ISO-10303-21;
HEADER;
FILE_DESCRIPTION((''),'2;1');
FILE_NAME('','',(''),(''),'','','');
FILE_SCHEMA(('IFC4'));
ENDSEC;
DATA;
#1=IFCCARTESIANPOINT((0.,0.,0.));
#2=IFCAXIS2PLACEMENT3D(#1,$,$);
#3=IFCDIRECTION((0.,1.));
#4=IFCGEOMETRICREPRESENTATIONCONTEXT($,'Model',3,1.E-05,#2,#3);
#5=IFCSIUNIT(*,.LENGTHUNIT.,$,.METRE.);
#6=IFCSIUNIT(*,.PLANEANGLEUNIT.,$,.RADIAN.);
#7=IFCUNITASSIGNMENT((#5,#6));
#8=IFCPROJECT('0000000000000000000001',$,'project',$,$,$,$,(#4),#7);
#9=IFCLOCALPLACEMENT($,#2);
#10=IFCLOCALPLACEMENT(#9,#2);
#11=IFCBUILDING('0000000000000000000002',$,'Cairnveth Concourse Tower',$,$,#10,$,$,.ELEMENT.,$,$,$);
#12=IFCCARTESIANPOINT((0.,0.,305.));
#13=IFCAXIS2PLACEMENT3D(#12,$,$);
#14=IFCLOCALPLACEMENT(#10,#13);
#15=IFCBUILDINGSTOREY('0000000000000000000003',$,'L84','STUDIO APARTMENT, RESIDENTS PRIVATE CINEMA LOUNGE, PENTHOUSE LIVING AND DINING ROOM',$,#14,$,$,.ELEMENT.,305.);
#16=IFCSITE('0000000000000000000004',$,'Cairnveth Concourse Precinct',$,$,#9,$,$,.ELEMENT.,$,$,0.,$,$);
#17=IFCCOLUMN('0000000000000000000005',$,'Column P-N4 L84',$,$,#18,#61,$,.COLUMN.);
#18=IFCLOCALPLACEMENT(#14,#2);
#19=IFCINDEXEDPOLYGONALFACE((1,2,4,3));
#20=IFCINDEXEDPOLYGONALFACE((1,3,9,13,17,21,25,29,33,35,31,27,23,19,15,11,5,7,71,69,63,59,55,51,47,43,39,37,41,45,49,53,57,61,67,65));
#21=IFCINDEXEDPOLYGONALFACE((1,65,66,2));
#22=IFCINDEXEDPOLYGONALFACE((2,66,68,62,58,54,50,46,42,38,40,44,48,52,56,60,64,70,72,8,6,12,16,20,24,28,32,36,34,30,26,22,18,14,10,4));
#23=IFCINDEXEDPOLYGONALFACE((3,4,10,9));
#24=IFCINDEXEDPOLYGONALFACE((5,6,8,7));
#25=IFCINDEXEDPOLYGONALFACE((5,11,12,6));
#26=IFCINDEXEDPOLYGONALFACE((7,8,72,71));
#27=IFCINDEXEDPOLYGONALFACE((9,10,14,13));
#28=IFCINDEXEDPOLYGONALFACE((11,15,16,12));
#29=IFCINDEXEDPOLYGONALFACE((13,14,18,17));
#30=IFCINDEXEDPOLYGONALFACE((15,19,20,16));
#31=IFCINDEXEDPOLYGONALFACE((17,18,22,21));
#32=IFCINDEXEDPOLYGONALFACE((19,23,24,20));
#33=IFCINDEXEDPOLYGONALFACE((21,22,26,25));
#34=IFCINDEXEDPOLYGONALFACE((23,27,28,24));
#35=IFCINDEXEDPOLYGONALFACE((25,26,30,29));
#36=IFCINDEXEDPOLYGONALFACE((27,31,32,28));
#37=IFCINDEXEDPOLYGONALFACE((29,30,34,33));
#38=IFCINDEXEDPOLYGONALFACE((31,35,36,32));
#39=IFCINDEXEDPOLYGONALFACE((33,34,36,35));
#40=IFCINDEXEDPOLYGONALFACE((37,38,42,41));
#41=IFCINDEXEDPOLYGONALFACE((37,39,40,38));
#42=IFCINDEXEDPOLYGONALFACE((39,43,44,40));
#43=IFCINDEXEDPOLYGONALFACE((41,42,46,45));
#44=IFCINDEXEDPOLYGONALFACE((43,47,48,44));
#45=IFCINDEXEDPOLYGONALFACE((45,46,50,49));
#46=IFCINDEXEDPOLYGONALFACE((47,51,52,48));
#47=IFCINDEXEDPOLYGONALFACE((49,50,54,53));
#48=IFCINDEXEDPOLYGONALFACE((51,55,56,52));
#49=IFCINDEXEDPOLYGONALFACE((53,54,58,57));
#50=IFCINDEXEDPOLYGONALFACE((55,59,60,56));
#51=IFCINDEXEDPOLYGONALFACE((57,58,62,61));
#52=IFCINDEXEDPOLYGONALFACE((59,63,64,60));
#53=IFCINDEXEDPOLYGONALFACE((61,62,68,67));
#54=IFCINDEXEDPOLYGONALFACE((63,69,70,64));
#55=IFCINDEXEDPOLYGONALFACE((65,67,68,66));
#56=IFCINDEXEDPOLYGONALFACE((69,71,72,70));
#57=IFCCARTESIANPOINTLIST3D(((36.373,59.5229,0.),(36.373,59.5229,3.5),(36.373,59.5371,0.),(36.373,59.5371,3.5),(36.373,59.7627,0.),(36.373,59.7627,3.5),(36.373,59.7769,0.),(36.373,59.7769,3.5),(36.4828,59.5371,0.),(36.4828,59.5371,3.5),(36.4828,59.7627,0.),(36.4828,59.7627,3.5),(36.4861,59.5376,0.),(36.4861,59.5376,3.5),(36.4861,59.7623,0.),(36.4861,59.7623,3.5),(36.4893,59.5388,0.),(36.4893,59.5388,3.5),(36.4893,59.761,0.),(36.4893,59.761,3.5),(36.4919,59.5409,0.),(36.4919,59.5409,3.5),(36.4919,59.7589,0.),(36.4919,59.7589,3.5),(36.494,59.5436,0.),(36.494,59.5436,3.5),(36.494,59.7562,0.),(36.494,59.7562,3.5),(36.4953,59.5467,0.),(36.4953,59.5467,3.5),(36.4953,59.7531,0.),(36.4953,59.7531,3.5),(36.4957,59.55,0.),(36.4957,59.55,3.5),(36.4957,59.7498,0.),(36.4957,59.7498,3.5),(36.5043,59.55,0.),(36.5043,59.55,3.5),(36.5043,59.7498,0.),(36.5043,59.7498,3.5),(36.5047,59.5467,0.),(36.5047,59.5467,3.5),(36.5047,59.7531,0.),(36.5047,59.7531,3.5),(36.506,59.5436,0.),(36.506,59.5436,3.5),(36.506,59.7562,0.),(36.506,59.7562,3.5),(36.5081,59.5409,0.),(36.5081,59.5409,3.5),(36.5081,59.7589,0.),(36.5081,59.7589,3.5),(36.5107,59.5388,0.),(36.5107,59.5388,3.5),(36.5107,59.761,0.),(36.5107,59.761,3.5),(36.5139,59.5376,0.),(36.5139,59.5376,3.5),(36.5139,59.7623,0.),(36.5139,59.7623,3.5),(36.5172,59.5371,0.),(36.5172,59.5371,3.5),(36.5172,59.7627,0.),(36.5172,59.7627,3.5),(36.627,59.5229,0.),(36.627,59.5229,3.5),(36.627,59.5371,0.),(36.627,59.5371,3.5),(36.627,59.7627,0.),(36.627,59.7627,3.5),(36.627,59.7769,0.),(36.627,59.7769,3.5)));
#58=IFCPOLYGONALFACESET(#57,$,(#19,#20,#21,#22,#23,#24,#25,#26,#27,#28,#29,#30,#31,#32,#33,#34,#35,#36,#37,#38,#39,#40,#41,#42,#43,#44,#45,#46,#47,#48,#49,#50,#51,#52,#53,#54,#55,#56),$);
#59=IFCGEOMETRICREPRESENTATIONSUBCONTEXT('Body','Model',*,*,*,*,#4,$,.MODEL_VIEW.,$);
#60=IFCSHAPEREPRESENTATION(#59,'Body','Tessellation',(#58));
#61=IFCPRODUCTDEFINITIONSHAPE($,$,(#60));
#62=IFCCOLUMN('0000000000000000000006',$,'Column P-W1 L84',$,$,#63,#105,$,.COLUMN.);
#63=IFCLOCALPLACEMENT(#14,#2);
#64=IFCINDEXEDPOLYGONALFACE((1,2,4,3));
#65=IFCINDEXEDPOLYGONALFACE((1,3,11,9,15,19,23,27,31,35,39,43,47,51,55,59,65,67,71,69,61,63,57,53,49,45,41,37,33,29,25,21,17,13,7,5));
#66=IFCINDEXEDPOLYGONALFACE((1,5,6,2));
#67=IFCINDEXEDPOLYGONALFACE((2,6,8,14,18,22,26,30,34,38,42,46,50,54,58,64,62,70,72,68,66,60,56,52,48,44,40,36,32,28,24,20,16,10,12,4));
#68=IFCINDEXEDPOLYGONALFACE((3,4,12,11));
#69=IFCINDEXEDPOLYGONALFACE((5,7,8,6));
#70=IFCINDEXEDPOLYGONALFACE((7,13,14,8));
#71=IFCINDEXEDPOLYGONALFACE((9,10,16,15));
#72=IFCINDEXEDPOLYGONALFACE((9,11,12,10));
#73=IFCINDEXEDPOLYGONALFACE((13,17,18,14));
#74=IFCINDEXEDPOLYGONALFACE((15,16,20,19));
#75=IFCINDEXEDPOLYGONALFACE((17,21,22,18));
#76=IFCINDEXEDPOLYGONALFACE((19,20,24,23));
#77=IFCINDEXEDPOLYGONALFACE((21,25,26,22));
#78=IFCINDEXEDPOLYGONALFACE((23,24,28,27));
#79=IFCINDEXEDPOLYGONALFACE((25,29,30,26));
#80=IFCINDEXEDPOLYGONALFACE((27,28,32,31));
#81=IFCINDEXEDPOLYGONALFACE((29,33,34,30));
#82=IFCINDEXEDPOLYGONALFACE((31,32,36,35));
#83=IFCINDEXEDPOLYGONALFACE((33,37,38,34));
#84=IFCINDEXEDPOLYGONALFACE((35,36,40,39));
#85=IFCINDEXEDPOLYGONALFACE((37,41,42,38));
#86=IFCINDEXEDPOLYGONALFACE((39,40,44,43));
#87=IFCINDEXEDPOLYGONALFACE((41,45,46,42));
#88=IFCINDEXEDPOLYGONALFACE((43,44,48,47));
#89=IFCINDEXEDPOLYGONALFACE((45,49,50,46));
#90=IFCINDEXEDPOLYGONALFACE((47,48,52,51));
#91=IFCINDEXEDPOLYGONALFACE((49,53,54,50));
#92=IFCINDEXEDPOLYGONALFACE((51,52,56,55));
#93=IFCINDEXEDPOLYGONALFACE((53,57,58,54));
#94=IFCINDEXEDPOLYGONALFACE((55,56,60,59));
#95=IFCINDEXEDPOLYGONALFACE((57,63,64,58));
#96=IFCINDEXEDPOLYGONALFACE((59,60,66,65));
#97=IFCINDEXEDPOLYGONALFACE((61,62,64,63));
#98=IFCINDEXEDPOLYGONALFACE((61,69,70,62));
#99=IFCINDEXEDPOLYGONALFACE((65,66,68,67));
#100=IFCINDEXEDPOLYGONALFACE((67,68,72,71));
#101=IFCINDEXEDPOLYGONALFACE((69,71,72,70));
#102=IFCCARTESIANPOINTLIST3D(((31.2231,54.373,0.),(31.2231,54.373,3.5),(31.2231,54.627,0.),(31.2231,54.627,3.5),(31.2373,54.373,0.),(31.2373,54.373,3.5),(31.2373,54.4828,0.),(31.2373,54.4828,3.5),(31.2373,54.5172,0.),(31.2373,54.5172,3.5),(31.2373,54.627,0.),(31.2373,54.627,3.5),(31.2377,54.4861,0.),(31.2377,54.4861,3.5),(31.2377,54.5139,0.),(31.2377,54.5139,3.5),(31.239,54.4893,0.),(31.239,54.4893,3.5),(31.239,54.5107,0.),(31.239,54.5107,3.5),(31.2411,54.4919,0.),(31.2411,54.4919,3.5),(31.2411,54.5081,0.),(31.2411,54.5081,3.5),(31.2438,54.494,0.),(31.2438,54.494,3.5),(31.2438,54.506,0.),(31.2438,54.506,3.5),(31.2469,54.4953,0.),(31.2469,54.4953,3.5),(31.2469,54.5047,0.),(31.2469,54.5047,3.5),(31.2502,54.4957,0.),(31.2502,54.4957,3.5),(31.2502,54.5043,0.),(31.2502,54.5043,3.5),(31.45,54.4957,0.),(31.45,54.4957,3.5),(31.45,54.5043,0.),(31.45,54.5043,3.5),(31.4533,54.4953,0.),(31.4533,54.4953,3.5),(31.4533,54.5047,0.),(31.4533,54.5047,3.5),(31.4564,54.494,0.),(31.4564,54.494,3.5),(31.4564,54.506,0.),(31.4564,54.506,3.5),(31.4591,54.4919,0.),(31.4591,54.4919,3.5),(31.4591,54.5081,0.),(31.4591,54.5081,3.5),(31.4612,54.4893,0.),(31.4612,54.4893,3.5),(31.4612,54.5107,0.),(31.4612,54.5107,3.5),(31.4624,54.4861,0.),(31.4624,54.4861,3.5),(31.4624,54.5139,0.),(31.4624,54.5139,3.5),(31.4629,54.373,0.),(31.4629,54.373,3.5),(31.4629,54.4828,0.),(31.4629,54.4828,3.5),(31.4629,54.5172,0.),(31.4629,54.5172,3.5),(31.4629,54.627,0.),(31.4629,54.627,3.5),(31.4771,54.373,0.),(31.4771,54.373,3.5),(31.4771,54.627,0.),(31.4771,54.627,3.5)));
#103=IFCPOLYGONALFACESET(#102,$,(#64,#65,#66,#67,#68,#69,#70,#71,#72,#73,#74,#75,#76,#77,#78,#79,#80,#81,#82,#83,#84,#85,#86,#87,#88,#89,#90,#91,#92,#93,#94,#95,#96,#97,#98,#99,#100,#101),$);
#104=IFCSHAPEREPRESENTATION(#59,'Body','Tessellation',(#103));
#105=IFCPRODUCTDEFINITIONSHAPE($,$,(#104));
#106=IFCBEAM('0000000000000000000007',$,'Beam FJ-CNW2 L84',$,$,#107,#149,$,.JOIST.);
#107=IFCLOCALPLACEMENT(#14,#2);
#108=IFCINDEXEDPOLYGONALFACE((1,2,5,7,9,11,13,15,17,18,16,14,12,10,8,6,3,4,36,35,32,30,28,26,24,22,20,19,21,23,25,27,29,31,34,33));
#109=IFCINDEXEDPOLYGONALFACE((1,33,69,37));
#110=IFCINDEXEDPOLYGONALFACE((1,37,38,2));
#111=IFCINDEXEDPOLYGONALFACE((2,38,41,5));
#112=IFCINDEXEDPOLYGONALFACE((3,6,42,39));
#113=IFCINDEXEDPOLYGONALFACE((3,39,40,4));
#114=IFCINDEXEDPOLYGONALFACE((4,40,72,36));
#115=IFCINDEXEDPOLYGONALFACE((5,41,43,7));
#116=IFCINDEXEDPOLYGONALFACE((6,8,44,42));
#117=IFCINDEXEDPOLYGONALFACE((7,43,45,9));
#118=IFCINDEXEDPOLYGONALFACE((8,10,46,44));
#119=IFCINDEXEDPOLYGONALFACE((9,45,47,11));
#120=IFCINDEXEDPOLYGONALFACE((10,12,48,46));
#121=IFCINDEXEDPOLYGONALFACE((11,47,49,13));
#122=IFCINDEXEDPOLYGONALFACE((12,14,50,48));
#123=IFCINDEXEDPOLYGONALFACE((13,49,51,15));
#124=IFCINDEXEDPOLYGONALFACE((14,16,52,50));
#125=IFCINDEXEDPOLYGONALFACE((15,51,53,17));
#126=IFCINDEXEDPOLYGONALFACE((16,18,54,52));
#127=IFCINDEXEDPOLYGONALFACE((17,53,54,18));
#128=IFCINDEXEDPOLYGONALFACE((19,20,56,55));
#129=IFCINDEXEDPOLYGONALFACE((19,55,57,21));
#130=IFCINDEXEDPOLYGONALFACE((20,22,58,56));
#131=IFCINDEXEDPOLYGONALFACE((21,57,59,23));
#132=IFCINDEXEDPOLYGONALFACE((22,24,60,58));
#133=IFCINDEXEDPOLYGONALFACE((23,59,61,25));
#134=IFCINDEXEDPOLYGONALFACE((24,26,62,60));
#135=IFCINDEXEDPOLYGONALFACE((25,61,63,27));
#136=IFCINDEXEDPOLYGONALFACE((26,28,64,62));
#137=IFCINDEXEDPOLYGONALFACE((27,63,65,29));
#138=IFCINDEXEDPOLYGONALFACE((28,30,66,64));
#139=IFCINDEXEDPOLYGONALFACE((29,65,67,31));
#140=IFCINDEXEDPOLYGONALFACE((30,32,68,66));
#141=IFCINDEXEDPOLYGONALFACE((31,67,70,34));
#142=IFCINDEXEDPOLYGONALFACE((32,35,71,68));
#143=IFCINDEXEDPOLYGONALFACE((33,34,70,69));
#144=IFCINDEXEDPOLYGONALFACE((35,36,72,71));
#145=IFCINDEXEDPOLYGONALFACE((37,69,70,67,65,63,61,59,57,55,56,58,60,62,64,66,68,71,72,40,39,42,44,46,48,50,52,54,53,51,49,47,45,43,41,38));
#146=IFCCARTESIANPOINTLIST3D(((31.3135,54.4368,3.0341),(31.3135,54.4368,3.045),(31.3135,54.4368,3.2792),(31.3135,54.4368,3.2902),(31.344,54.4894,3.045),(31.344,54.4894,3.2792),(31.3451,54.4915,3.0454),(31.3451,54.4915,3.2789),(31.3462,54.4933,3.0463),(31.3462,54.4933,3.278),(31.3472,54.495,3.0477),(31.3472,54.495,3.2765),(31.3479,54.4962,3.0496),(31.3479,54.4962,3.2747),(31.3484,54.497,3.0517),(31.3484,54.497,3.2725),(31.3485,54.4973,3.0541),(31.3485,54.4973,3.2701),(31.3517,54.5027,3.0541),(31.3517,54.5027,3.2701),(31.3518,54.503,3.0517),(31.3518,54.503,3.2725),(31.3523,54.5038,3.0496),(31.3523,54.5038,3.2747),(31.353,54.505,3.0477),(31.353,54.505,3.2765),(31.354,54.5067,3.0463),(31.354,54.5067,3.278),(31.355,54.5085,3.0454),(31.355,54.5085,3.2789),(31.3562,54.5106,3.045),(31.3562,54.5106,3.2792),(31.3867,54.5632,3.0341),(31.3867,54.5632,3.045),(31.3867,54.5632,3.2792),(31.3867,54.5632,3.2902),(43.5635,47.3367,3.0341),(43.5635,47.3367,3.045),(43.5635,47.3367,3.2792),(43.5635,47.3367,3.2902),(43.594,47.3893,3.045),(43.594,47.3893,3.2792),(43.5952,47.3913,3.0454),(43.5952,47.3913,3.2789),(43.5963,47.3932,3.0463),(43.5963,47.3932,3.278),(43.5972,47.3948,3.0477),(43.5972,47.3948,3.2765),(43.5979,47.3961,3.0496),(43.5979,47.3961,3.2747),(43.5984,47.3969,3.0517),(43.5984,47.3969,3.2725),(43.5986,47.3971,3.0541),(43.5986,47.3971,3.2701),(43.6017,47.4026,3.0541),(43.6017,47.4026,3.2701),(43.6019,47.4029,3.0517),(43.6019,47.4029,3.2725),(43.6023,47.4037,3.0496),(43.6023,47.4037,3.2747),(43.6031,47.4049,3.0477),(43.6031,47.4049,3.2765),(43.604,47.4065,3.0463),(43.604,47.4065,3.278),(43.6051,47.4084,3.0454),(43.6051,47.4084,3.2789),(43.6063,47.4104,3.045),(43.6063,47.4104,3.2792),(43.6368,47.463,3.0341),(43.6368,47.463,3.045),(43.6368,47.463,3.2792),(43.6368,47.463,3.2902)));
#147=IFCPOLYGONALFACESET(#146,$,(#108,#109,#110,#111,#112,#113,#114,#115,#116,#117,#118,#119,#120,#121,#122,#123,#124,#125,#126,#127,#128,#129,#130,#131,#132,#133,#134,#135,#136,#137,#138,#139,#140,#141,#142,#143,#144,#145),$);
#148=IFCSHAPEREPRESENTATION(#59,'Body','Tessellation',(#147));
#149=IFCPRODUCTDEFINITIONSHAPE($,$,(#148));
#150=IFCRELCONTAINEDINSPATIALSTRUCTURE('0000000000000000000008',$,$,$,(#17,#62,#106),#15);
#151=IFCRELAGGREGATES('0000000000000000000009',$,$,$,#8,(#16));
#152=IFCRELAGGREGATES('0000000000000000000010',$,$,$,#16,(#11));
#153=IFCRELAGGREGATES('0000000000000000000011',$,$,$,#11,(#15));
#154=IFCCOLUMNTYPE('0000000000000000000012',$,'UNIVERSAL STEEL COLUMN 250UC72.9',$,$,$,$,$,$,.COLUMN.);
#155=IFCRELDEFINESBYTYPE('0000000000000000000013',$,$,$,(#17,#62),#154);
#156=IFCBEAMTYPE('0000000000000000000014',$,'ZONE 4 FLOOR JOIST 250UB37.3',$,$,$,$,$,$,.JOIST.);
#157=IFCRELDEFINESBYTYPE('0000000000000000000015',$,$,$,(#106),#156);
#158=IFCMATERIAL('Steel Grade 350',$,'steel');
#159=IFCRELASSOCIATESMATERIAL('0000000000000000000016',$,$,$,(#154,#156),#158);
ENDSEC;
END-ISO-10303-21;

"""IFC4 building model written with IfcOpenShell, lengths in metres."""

from ifc_helpers import new_model, si_unit, direction, frame, origin, origin_2d, place, context, subcontext, project, spatial, i_section, extrude, material, material_profile, profile_set, type_object, element, save


model = new_model("IFC4")

# Units and contexts
model_context = context("Model", 3, precision=1e-05, world=origin(), true_north=direction((0.0, 1.0)))
body_context = subcontext(model_context, "Body", "Model", "MODEL_VIEW")
ifc_project = project(units=[si_unit("LENGTHUNIT", "METRE"), si_unit("PLANEANGLEUNIT", "RADIAN")], contexts=[model_context])

# Site, building, storey
site_placement = place(None, origin())
site = spatial("IfcSite", under=ifc_project, at=site_placement, Name="Cairnveth Concourse Precinct", CompositionType="ELEMENT", RefElevation=0.0)
building_placement = place(site_placement, origin())
building = spatial("IfcBuilding", under=site, at=building_placement, Name="Cairnveth Concourse Tower", CompositionType="ELEMENT")
storey_placement = place(building_placement, frame((0.0, 0.0, 305.0)))
storey = spatial("IfcBuildingStorey", under=building, at=storey_placement, Name="L84", Description="STUDIO APARTMENT, RESIDENTS PRIVATE CINEMA LOUNGE, PENTHOUSE LIVING AND DINING ROOM", CompositionType="ELEMENT", Elevation=305.0)

# Columns
ifc_material_1 = material(Name="Steel Grade 350", Category="steel")
ifc_material_profile_1 = material_profile(ifc_material_1, i_section(OverallWidth=0.2539, OverallDepth=0.2539, WebThickness=0.0085, FlangeThickness=0.0142, FilletRadius=0.0129, at=origin_2d()), Name="250UC72.9")
ifc_profile_set_1 = profile_set([ifc_material_profile_1], Name="Steel Grade 350")
column_type = type_object("IfcColumnType", Name="UNIVERSAL STEEL COLUMN 250UC72.9", PredefinedType="COLUMN", material=ifc_profile_set_1)
for number, where, z_axis, x_axis, name in (
    (1, (36.5, 59.6499, 0.0), (0.0, 0.0, 1.0), (1.0, 0.0, 0.0), "Column P-N4 L84"),
    (2, (31.3501, 54.5, 0.0), (0.0, 0.0, 1.0), (0.0, 1.0, 0.0), "Column P-W1 L84"),
):
    element("IfcColumn", number, at=place(storey_placement, frame(where, z_axis=z_axis, x_axis=x_axis)), inside=storey, type_object=column_type, Name=name, PredefinedType="COLUMN", context=body_context, shape_type="SweptSolid", body=[
        extrude(i_section(OverallWidth=0.2539, OverallDepth=0.2539, WebThickness=0.0085, FlangeThickness=0.0142, FilletRadius=0.0129, at=origin_2d()), origin(), (0.0, 0.0, 1.0), 3.5),
    ])

# Beam
ifc_material_profile_2 = material_profile(ifc_material_1, i_section(OverallWidth=0.146, OverallDepth=0.2561, WebThickness=0.0063, FlangeThickness=0.011, FilletRadius=0.009, at=origin_2d()), Name="250UB37.3")
ifc_profile_set_2 = profile_set([ifc_material_profile_2], Name="Steel Grade 350")
beam_type_1 = type_object("IfcBeamType", Name="ZONE 4 FLOOR JOIST 250UB37.3", PredefinedType="JOIST", material=ifc_profile_set_2)
beam_1_placement = place(storey_placement, frame((31.3501, 54.5, 3.1621), z_axis=(0.865181, -0.501459, 0.0), x_axis=(0.501459, 0.865181, 0.0)))
element("IfcBeam", 3, at=beam_1_placement, inside=storey, type_object=beam_type_1, Name="Beam FJ-CNW2 L84", PredefinedType="JOIST", context=body_context, shape_type="SweptSolid", body=[
    extrude(i_section(OverallWidth=0.146, OverallDepth=0.2561, WebThickness=0.0063, FlangeThickness=0.011, FilletRadius=0.009, at=origin_2d()), origin(), (0.0, 0.0, 1.0), 14.1589),
])

save(model, "model.ifc")
